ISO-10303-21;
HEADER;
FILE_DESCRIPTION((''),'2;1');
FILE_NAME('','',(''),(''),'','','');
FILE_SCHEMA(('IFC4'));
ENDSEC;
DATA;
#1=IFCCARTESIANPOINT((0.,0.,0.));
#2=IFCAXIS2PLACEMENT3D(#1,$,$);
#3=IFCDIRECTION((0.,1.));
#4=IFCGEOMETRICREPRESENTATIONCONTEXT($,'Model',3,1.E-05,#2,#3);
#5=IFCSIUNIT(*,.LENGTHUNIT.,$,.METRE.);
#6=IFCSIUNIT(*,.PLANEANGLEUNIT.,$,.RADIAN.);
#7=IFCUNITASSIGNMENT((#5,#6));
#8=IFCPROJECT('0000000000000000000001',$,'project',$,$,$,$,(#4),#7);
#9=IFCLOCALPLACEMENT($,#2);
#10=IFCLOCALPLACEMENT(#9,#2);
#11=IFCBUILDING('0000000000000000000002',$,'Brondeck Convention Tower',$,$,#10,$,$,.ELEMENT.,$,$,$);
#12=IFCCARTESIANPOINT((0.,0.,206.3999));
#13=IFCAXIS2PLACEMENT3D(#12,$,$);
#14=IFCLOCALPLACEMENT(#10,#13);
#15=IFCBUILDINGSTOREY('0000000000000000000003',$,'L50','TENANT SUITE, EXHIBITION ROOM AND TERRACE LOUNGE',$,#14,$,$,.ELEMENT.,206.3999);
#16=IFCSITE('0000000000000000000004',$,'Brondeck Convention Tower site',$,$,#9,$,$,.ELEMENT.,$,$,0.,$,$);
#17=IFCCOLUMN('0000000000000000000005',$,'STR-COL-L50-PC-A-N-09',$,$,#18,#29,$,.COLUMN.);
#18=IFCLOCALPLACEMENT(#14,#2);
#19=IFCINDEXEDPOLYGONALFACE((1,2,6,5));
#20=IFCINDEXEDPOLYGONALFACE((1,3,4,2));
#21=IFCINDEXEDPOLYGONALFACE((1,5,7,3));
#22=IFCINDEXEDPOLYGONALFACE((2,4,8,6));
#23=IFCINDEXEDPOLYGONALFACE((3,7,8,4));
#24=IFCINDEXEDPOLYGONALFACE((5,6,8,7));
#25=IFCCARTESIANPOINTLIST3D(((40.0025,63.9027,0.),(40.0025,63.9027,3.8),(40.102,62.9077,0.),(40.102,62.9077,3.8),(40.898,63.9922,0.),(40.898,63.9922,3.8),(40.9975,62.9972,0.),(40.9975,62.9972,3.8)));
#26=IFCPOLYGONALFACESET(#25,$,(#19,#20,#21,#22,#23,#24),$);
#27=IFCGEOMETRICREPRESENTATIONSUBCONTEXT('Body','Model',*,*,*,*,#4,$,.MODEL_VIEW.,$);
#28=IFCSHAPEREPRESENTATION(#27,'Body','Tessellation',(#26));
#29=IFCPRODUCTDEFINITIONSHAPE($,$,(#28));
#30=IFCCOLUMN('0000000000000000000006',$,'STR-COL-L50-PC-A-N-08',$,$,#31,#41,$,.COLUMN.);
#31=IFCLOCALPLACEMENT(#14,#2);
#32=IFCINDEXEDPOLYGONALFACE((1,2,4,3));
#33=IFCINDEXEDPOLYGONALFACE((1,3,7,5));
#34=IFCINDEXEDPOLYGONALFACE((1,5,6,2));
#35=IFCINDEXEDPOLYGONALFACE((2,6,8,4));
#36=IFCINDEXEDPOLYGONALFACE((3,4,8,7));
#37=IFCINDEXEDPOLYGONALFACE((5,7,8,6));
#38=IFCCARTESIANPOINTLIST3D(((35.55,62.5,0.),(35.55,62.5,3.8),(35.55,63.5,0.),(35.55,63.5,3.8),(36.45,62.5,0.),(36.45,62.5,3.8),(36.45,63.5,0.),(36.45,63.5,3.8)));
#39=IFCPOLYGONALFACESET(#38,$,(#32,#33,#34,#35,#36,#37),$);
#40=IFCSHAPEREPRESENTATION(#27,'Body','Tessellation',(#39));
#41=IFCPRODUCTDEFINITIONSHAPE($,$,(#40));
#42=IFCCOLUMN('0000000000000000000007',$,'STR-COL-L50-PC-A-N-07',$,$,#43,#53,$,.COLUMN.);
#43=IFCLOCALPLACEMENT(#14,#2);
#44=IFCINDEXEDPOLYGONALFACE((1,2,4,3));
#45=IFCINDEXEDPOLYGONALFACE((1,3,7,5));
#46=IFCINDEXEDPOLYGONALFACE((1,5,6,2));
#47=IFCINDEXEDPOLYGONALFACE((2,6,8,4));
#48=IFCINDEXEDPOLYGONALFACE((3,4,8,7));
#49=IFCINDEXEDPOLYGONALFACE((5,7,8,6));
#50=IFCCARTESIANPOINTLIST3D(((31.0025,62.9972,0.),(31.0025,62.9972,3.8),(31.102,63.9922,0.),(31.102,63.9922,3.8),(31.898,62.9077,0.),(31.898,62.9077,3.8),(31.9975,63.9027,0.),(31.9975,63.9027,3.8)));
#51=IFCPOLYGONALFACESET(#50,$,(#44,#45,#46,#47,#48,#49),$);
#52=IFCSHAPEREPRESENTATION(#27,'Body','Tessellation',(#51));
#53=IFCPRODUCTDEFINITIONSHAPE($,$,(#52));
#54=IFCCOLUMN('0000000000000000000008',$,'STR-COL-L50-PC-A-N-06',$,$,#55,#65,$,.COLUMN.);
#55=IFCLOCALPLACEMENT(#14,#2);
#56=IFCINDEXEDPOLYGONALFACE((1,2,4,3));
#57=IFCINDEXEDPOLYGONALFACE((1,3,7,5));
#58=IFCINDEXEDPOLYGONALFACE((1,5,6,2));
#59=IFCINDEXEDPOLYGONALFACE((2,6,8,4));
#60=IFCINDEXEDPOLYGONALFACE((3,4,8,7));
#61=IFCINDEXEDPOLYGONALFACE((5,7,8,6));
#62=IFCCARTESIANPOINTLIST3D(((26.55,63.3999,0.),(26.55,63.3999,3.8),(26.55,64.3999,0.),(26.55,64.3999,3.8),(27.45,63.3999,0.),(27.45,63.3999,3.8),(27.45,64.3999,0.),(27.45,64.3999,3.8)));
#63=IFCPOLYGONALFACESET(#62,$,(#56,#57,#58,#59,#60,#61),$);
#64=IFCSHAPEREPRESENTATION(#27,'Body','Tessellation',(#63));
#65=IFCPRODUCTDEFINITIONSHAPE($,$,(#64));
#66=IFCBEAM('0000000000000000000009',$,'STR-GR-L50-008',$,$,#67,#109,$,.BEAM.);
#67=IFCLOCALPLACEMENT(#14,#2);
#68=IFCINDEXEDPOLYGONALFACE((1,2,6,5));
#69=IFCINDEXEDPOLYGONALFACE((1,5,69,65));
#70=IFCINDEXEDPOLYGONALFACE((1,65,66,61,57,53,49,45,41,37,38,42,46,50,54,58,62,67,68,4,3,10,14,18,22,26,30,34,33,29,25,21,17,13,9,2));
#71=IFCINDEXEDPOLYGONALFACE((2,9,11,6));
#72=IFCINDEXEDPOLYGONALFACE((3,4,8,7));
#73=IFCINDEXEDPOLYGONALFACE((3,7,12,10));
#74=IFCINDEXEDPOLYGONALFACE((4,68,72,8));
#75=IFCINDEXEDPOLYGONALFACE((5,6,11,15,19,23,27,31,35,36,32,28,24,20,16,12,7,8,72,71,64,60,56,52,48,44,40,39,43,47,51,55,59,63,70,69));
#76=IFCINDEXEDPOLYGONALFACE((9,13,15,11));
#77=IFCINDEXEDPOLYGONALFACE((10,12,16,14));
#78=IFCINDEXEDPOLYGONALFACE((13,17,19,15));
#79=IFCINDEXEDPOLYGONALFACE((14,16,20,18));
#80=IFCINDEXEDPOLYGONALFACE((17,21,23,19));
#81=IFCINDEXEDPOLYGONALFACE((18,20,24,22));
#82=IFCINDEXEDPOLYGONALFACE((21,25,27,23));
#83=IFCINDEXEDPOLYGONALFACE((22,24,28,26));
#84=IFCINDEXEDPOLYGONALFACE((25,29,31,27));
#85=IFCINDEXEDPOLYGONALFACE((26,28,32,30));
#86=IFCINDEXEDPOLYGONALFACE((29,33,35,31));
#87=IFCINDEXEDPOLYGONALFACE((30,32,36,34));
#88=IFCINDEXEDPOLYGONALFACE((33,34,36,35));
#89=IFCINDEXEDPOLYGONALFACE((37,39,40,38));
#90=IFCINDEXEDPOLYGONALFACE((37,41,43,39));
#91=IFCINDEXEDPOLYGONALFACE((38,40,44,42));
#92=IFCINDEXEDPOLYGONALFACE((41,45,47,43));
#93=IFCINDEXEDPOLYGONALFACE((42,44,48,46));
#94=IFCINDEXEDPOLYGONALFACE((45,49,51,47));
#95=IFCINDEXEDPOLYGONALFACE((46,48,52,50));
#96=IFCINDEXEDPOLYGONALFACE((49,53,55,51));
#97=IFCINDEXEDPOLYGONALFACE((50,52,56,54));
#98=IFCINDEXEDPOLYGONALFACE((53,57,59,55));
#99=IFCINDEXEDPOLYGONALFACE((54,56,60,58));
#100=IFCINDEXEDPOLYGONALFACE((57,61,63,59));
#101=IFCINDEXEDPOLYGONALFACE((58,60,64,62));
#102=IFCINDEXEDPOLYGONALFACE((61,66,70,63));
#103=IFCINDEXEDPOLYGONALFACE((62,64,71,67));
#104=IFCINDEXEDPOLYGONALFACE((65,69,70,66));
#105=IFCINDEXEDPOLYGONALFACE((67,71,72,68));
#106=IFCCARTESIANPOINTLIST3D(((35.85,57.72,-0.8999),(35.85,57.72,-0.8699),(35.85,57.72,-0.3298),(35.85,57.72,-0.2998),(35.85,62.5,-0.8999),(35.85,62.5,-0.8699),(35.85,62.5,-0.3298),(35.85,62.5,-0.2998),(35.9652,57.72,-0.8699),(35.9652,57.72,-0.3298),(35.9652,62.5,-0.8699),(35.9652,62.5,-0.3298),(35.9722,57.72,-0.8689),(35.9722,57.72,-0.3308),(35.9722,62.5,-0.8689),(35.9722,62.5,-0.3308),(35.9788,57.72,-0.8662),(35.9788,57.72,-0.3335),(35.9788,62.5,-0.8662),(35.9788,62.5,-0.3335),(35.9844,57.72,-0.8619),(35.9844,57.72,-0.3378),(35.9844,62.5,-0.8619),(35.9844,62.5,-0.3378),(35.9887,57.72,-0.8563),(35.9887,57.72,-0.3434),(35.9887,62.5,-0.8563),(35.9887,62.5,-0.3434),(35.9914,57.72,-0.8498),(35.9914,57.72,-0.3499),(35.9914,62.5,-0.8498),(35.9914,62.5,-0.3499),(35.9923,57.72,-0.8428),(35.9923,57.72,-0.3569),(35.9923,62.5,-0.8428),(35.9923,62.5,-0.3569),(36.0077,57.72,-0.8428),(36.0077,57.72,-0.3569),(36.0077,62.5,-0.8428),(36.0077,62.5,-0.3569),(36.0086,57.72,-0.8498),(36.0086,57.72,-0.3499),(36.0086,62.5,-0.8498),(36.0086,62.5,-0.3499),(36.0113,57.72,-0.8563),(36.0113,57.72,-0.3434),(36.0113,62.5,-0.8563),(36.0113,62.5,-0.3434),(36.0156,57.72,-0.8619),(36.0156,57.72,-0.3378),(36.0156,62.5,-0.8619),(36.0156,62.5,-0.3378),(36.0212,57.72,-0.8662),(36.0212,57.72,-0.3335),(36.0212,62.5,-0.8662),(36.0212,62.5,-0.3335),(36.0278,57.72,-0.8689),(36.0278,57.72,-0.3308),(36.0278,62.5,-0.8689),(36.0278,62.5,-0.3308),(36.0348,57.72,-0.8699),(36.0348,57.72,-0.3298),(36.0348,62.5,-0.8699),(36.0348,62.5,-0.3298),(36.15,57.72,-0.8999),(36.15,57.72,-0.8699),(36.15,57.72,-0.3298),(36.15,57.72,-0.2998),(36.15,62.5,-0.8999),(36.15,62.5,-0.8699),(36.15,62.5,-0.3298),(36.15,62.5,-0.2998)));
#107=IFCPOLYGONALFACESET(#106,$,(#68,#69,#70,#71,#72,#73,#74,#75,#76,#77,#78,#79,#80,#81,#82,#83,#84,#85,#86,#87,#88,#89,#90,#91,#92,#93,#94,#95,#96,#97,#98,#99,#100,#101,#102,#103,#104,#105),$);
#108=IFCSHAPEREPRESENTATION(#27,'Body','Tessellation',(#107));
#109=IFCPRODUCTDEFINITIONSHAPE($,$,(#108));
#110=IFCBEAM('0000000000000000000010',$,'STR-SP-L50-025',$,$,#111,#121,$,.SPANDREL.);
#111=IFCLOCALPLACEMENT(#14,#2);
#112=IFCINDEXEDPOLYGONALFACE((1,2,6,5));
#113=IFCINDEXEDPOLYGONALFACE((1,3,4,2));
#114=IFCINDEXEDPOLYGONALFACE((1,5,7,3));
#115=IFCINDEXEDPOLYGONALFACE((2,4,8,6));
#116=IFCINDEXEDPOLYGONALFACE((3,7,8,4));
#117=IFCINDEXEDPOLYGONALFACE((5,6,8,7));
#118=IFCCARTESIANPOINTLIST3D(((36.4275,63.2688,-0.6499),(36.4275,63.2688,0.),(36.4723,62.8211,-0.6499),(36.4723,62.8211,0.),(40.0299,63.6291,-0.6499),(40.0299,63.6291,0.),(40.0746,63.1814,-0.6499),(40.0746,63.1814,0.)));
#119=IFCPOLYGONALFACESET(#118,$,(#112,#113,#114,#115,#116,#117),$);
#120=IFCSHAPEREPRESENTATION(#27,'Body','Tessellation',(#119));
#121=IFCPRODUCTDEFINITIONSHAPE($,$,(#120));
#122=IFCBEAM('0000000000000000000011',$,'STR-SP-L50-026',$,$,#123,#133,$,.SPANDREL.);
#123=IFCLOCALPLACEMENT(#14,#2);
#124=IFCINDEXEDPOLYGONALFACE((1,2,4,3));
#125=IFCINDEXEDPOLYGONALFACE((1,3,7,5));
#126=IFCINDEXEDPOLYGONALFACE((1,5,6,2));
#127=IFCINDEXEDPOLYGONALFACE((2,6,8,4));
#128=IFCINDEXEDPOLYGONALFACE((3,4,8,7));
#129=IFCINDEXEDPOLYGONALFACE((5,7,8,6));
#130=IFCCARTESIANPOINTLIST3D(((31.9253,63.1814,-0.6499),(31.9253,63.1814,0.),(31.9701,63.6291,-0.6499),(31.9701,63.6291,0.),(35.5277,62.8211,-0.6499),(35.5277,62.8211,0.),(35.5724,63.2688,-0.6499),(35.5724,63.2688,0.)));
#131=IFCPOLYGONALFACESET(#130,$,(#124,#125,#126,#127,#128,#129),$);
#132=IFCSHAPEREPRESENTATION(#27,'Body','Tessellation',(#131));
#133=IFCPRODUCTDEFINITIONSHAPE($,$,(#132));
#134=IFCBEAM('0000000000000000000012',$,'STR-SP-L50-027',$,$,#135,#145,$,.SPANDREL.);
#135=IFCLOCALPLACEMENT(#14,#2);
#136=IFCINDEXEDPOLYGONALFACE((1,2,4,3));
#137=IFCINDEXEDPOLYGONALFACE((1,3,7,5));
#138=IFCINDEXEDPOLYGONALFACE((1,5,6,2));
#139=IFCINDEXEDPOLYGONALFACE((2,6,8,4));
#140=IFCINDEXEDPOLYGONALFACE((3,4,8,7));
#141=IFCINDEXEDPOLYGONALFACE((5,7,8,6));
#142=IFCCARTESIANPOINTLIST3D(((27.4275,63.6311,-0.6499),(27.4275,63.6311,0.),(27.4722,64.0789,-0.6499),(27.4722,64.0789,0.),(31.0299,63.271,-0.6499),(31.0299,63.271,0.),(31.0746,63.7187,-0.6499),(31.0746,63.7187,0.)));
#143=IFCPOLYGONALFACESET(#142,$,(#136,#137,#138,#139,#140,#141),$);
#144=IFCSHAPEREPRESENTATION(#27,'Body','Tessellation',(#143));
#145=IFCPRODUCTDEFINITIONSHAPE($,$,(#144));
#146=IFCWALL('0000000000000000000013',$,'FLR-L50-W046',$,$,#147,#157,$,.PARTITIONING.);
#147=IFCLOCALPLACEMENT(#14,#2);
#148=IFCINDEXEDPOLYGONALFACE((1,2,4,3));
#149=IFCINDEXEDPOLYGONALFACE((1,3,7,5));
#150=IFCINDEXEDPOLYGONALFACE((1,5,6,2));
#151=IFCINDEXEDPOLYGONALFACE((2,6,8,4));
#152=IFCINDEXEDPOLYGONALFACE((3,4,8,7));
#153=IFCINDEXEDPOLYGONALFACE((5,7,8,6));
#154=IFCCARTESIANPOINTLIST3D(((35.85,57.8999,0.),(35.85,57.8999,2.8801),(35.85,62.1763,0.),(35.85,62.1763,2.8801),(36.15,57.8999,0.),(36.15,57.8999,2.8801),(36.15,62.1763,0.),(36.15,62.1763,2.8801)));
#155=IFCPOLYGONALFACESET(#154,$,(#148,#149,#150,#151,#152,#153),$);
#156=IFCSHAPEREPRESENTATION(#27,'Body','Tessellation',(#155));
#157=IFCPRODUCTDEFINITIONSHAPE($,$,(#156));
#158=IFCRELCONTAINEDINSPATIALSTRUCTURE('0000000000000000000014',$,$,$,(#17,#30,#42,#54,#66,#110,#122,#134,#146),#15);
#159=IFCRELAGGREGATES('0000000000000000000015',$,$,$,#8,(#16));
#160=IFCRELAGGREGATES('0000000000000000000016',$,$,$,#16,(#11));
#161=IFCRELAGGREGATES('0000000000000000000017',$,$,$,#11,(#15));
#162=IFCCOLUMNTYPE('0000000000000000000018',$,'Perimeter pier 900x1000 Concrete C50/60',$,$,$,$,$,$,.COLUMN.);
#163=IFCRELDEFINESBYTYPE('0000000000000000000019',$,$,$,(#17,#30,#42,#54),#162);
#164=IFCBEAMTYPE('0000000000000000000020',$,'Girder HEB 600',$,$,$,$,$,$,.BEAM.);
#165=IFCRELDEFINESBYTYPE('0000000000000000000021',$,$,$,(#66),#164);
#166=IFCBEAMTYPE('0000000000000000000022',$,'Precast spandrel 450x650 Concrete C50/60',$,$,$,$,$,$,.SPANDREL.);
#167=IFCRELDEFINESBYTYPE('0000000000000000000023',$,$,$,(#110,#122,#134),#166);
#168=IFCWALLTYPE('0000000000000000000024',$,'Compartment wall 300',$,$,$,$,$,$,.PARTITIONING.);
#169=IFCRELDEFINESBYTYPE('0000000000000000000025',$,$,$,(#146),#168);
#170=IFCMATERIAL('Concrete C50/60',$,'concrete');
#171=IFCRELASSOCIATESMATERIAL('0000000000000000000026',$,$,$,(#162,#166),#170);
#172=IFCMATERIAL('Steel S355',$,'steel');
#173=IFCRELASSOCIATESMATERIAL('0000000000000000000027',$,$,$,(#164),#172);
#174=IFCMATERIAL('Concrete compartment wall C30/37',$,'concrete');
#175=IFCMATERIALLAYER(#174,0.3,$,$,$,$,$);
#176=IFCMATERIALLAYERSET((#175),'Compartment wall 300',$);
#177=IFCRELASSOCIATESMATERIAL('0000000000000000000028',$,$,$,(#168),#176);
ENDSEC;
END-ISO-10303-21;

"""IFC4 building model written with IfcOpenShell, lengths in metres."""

from ifc_helpers import new_model, si_unit, direction, frame, frame_2d, origin, origin_2d, place, context, subcontext, project, spatial, rectangle, i_section, extrude, material, layer, layer_set, material_profile, profile_set, type_object, element, save


model = new_model("IFC4")

# Units and contexts
model_context = context("Model", 3, precision=1e-05, world=origin(), true_north=direction((0.0, 1.0)))
body_context = subcontext(model_context, "Body", "Model", "MODEL_VIEW")
ifc_project = project(units=[si_unit("LENGTHUNIT", "METRE"), si_unit("PLANEANGLEUNIT", "RADIAN")], contexts=[model_context])

# Site, building, storey
site_placement = place(None, origin())
site = spatial("IfcSite", under=ifc_project, at=site_placement, Name="Brondeck Convention Tower site", CompositionType="ELEMENT", RefElevation=0.0)
building_placement = place(site_placement, origin())
building = spatial("IfcBuilding", under=site, at=building_placement, Name="Brondeck Convention Tower", CompositionType="ELEMENT")
storey_placement = place(building_placement, frame((0.0, 0.0, 206.3999)))
storey = spatial("IfcBuildingStorey", under=building, at=storey_placement, Name="L50", Description="TENANT SUITE, EXHIBITION ROOM AND TERRACE LOUNGE", CompositionType="ELEMENT", Elevation=206.3999)

# Columns
ifc_material_1 = material(Name="Concrete C50/60", Category="concrete")
ifc_material_profile_1 = material_profile(ifc_material_1, rectangle(XDim=0.8999, YDim=1.0, at=origin_2d()), Name="Perimeter pier 900x1000 Concrete C50/60")
ifc_profile_set_1 = profile_set([ifc_material_profile_1], Name="Concrete C50/60")
column_type = type_object("IfcColumnType", Name="Perimeter pier 900x1000 Concrete C50/60", PredefinedType="COLUMN", material=ifc_profile_set_1)
for number, where, z_axis, x_axis, name in (
    (1, (40.5, 63.45, 0.0), (0.0, 0.0, 1.0), (-0.995037, -0.099504, 0.0), "STR-COL-L50-PC-A-N-09"),
    (2, (36.0, 63.0, 0.0), (0.0, 0.0, 1.0), (-1.0, 0.0, 0.0), "STR-COL-L50-PC-A-N-08"),
    (3, (31.5, 63.45, 0.0), (0.0, 0.0, 1.0), (-0.995037, 0.099504, 0.0), "STR-COL-L50-PC-A-N-07"),
    (4, (27.0, 63.8999, 0.0), (0.0, 0.0, 1.0), (-1.0, 0.0, 0.0), "STR-COL-L50-PC-A-N-06"),
):
    element("IfcColumn", number, at=place(storey_placement, frame(where, z_axis=z_axis, x_axis=x_axis)), inside=storey, type_object=column_type, Name=name, PredefinedType="COLUMN", context=body_context, shape_type="SweptSolid", body=[
        extrude(rectangle(XDim=0.8999, YDim=1.0, at=origin_2d()), origin(), (0.0, 0.0, 1.0), 3.8),
    ])

# Beams
ifc_material_2 = material(Name="Steel S355", Category="steel")
ifc_material_profile_2 = material_profile(ifc_material_2, i_section(OverallWidth=0.3, OverallDepth=0.6001, WebThickness=0.0154, FlangeThickness=0.03, FilletRadius=0.0271, at=origin_2d()), Name="HEB 600")
ifc_profile_set_2 = profile_set([ifc_material_profile_2], Name="Steel S355")
beam_type_1 = type_object("IfcBeamType", Name="Girder HEB 600", PredefinedType="BEAM", material=ifc_profile_set_2)
beam_placement = place(storey_placement, frame((36.0, 57.72, -0.5999), z_axis=(0.0, 1.0, 0.0), x_axis=(-1.0, 0.0, 0.0)))
element("IfcBeam", 5, at=beam_placement, inside=storey, type_object=beam_type_1, Name="STR-GR-L50-008", PredefinedType="BEAM", context=body_context, shape_type="SweptSolid", body=[
    extrude(i_section(OverallWidth=0.3, OverallDepth=0.6001, WebThickness=0.0154, FlangeThickness=0.03, FilletRadius=0.0271, at=origin_2d()), origin(), (0.0, 0.0, 1.0), 4.78),
])
ifc_material_profile_3 = material_profile(ifc_material_1, rectangle(XDim=0.45, YDim=0.6499, at=origin_2d()), Name="Precast spandrel 450x650 Concrete C50/60")
ifc_profile_set_3 = profile_set([ifc_material_profile_3], Name="Concrete C50/60")
beam_type_2 = type_object("IfcBeamType", Name="Precast spandrel 450x650 Concrete C50/60", PredefinedType="SPANDREL", material=ifc_profile_set_3)
for number, where, z_axis, x_axis, name in (
    (6, (40.0522, 63.4053, -0.325), (-0.995034, -0.099537, 0.0), (0.099537, -0.995034, 0.0), "STR-SP-L50-025"),
    (7, (35.55, 63.0449, -0.325), (-0.995034, 0.099537, 0.0), (-0.099537, -0.995034, 0.0), "STR-SP-L50-026"),
    (8, (31.0522, 63.4949, -0.325), (-0.995041, 0.09947, 0.0), (-0.09947, -0.995041, 0.0), "STR-SP-L50-027"),
):
    element("IfcBeam", number, at=place(storey_placement, frame(where, z_axis=z_axis, x_axis=x_axis)), inside=storey, type_object=beam_type_2, Name=name, PredefinedType="SPANDREL", context=body_context, shape_type="SweptSolid", body=[
        extrude(rectangle(XDim=0.45, YDim=0.6499, at=origin_2d()), origin(), (0.0, 0.0, 1.0), 3.6204),
    ])

# Wall
ifc_material_3 = material(Name="Concrete compartment wall C30/37", Category="concrete")
ifc_layer_1 = layer(ifc_material_3, 0.3)
ifc_layer_set_1 = layer_set([ifc_layer_1], Name="Compartment wall 300")
wall_type_1 = type_object("IfcWallType", Name="Compartment wall 300", PredefinedType="PARTITIONING", material=ifc_layer_set_1)
wall_1_placement = place(storey_placement, frame((36.0, 57.8999, 0.0), z_axis=(0.0, 0.0, 1.0), x_axis=(0.0, 1.0, 0.0)))
element("IfcWall", 9, at=wall_1_placement, inside=storey, type_object=wall_type_1, Name="FLR-L50-W046", PredefinedType="PARTITIONING", context=body_context, shape_type="SweptSolid", body=[
    extrude(rectangle(XDim=4.2764, YDim=0.3, at=frame_2d((2.1382, 0.0))), origin(), (0.0, 0.0, 1.0), 2.8801),
])

save(model, "model.ifc")
